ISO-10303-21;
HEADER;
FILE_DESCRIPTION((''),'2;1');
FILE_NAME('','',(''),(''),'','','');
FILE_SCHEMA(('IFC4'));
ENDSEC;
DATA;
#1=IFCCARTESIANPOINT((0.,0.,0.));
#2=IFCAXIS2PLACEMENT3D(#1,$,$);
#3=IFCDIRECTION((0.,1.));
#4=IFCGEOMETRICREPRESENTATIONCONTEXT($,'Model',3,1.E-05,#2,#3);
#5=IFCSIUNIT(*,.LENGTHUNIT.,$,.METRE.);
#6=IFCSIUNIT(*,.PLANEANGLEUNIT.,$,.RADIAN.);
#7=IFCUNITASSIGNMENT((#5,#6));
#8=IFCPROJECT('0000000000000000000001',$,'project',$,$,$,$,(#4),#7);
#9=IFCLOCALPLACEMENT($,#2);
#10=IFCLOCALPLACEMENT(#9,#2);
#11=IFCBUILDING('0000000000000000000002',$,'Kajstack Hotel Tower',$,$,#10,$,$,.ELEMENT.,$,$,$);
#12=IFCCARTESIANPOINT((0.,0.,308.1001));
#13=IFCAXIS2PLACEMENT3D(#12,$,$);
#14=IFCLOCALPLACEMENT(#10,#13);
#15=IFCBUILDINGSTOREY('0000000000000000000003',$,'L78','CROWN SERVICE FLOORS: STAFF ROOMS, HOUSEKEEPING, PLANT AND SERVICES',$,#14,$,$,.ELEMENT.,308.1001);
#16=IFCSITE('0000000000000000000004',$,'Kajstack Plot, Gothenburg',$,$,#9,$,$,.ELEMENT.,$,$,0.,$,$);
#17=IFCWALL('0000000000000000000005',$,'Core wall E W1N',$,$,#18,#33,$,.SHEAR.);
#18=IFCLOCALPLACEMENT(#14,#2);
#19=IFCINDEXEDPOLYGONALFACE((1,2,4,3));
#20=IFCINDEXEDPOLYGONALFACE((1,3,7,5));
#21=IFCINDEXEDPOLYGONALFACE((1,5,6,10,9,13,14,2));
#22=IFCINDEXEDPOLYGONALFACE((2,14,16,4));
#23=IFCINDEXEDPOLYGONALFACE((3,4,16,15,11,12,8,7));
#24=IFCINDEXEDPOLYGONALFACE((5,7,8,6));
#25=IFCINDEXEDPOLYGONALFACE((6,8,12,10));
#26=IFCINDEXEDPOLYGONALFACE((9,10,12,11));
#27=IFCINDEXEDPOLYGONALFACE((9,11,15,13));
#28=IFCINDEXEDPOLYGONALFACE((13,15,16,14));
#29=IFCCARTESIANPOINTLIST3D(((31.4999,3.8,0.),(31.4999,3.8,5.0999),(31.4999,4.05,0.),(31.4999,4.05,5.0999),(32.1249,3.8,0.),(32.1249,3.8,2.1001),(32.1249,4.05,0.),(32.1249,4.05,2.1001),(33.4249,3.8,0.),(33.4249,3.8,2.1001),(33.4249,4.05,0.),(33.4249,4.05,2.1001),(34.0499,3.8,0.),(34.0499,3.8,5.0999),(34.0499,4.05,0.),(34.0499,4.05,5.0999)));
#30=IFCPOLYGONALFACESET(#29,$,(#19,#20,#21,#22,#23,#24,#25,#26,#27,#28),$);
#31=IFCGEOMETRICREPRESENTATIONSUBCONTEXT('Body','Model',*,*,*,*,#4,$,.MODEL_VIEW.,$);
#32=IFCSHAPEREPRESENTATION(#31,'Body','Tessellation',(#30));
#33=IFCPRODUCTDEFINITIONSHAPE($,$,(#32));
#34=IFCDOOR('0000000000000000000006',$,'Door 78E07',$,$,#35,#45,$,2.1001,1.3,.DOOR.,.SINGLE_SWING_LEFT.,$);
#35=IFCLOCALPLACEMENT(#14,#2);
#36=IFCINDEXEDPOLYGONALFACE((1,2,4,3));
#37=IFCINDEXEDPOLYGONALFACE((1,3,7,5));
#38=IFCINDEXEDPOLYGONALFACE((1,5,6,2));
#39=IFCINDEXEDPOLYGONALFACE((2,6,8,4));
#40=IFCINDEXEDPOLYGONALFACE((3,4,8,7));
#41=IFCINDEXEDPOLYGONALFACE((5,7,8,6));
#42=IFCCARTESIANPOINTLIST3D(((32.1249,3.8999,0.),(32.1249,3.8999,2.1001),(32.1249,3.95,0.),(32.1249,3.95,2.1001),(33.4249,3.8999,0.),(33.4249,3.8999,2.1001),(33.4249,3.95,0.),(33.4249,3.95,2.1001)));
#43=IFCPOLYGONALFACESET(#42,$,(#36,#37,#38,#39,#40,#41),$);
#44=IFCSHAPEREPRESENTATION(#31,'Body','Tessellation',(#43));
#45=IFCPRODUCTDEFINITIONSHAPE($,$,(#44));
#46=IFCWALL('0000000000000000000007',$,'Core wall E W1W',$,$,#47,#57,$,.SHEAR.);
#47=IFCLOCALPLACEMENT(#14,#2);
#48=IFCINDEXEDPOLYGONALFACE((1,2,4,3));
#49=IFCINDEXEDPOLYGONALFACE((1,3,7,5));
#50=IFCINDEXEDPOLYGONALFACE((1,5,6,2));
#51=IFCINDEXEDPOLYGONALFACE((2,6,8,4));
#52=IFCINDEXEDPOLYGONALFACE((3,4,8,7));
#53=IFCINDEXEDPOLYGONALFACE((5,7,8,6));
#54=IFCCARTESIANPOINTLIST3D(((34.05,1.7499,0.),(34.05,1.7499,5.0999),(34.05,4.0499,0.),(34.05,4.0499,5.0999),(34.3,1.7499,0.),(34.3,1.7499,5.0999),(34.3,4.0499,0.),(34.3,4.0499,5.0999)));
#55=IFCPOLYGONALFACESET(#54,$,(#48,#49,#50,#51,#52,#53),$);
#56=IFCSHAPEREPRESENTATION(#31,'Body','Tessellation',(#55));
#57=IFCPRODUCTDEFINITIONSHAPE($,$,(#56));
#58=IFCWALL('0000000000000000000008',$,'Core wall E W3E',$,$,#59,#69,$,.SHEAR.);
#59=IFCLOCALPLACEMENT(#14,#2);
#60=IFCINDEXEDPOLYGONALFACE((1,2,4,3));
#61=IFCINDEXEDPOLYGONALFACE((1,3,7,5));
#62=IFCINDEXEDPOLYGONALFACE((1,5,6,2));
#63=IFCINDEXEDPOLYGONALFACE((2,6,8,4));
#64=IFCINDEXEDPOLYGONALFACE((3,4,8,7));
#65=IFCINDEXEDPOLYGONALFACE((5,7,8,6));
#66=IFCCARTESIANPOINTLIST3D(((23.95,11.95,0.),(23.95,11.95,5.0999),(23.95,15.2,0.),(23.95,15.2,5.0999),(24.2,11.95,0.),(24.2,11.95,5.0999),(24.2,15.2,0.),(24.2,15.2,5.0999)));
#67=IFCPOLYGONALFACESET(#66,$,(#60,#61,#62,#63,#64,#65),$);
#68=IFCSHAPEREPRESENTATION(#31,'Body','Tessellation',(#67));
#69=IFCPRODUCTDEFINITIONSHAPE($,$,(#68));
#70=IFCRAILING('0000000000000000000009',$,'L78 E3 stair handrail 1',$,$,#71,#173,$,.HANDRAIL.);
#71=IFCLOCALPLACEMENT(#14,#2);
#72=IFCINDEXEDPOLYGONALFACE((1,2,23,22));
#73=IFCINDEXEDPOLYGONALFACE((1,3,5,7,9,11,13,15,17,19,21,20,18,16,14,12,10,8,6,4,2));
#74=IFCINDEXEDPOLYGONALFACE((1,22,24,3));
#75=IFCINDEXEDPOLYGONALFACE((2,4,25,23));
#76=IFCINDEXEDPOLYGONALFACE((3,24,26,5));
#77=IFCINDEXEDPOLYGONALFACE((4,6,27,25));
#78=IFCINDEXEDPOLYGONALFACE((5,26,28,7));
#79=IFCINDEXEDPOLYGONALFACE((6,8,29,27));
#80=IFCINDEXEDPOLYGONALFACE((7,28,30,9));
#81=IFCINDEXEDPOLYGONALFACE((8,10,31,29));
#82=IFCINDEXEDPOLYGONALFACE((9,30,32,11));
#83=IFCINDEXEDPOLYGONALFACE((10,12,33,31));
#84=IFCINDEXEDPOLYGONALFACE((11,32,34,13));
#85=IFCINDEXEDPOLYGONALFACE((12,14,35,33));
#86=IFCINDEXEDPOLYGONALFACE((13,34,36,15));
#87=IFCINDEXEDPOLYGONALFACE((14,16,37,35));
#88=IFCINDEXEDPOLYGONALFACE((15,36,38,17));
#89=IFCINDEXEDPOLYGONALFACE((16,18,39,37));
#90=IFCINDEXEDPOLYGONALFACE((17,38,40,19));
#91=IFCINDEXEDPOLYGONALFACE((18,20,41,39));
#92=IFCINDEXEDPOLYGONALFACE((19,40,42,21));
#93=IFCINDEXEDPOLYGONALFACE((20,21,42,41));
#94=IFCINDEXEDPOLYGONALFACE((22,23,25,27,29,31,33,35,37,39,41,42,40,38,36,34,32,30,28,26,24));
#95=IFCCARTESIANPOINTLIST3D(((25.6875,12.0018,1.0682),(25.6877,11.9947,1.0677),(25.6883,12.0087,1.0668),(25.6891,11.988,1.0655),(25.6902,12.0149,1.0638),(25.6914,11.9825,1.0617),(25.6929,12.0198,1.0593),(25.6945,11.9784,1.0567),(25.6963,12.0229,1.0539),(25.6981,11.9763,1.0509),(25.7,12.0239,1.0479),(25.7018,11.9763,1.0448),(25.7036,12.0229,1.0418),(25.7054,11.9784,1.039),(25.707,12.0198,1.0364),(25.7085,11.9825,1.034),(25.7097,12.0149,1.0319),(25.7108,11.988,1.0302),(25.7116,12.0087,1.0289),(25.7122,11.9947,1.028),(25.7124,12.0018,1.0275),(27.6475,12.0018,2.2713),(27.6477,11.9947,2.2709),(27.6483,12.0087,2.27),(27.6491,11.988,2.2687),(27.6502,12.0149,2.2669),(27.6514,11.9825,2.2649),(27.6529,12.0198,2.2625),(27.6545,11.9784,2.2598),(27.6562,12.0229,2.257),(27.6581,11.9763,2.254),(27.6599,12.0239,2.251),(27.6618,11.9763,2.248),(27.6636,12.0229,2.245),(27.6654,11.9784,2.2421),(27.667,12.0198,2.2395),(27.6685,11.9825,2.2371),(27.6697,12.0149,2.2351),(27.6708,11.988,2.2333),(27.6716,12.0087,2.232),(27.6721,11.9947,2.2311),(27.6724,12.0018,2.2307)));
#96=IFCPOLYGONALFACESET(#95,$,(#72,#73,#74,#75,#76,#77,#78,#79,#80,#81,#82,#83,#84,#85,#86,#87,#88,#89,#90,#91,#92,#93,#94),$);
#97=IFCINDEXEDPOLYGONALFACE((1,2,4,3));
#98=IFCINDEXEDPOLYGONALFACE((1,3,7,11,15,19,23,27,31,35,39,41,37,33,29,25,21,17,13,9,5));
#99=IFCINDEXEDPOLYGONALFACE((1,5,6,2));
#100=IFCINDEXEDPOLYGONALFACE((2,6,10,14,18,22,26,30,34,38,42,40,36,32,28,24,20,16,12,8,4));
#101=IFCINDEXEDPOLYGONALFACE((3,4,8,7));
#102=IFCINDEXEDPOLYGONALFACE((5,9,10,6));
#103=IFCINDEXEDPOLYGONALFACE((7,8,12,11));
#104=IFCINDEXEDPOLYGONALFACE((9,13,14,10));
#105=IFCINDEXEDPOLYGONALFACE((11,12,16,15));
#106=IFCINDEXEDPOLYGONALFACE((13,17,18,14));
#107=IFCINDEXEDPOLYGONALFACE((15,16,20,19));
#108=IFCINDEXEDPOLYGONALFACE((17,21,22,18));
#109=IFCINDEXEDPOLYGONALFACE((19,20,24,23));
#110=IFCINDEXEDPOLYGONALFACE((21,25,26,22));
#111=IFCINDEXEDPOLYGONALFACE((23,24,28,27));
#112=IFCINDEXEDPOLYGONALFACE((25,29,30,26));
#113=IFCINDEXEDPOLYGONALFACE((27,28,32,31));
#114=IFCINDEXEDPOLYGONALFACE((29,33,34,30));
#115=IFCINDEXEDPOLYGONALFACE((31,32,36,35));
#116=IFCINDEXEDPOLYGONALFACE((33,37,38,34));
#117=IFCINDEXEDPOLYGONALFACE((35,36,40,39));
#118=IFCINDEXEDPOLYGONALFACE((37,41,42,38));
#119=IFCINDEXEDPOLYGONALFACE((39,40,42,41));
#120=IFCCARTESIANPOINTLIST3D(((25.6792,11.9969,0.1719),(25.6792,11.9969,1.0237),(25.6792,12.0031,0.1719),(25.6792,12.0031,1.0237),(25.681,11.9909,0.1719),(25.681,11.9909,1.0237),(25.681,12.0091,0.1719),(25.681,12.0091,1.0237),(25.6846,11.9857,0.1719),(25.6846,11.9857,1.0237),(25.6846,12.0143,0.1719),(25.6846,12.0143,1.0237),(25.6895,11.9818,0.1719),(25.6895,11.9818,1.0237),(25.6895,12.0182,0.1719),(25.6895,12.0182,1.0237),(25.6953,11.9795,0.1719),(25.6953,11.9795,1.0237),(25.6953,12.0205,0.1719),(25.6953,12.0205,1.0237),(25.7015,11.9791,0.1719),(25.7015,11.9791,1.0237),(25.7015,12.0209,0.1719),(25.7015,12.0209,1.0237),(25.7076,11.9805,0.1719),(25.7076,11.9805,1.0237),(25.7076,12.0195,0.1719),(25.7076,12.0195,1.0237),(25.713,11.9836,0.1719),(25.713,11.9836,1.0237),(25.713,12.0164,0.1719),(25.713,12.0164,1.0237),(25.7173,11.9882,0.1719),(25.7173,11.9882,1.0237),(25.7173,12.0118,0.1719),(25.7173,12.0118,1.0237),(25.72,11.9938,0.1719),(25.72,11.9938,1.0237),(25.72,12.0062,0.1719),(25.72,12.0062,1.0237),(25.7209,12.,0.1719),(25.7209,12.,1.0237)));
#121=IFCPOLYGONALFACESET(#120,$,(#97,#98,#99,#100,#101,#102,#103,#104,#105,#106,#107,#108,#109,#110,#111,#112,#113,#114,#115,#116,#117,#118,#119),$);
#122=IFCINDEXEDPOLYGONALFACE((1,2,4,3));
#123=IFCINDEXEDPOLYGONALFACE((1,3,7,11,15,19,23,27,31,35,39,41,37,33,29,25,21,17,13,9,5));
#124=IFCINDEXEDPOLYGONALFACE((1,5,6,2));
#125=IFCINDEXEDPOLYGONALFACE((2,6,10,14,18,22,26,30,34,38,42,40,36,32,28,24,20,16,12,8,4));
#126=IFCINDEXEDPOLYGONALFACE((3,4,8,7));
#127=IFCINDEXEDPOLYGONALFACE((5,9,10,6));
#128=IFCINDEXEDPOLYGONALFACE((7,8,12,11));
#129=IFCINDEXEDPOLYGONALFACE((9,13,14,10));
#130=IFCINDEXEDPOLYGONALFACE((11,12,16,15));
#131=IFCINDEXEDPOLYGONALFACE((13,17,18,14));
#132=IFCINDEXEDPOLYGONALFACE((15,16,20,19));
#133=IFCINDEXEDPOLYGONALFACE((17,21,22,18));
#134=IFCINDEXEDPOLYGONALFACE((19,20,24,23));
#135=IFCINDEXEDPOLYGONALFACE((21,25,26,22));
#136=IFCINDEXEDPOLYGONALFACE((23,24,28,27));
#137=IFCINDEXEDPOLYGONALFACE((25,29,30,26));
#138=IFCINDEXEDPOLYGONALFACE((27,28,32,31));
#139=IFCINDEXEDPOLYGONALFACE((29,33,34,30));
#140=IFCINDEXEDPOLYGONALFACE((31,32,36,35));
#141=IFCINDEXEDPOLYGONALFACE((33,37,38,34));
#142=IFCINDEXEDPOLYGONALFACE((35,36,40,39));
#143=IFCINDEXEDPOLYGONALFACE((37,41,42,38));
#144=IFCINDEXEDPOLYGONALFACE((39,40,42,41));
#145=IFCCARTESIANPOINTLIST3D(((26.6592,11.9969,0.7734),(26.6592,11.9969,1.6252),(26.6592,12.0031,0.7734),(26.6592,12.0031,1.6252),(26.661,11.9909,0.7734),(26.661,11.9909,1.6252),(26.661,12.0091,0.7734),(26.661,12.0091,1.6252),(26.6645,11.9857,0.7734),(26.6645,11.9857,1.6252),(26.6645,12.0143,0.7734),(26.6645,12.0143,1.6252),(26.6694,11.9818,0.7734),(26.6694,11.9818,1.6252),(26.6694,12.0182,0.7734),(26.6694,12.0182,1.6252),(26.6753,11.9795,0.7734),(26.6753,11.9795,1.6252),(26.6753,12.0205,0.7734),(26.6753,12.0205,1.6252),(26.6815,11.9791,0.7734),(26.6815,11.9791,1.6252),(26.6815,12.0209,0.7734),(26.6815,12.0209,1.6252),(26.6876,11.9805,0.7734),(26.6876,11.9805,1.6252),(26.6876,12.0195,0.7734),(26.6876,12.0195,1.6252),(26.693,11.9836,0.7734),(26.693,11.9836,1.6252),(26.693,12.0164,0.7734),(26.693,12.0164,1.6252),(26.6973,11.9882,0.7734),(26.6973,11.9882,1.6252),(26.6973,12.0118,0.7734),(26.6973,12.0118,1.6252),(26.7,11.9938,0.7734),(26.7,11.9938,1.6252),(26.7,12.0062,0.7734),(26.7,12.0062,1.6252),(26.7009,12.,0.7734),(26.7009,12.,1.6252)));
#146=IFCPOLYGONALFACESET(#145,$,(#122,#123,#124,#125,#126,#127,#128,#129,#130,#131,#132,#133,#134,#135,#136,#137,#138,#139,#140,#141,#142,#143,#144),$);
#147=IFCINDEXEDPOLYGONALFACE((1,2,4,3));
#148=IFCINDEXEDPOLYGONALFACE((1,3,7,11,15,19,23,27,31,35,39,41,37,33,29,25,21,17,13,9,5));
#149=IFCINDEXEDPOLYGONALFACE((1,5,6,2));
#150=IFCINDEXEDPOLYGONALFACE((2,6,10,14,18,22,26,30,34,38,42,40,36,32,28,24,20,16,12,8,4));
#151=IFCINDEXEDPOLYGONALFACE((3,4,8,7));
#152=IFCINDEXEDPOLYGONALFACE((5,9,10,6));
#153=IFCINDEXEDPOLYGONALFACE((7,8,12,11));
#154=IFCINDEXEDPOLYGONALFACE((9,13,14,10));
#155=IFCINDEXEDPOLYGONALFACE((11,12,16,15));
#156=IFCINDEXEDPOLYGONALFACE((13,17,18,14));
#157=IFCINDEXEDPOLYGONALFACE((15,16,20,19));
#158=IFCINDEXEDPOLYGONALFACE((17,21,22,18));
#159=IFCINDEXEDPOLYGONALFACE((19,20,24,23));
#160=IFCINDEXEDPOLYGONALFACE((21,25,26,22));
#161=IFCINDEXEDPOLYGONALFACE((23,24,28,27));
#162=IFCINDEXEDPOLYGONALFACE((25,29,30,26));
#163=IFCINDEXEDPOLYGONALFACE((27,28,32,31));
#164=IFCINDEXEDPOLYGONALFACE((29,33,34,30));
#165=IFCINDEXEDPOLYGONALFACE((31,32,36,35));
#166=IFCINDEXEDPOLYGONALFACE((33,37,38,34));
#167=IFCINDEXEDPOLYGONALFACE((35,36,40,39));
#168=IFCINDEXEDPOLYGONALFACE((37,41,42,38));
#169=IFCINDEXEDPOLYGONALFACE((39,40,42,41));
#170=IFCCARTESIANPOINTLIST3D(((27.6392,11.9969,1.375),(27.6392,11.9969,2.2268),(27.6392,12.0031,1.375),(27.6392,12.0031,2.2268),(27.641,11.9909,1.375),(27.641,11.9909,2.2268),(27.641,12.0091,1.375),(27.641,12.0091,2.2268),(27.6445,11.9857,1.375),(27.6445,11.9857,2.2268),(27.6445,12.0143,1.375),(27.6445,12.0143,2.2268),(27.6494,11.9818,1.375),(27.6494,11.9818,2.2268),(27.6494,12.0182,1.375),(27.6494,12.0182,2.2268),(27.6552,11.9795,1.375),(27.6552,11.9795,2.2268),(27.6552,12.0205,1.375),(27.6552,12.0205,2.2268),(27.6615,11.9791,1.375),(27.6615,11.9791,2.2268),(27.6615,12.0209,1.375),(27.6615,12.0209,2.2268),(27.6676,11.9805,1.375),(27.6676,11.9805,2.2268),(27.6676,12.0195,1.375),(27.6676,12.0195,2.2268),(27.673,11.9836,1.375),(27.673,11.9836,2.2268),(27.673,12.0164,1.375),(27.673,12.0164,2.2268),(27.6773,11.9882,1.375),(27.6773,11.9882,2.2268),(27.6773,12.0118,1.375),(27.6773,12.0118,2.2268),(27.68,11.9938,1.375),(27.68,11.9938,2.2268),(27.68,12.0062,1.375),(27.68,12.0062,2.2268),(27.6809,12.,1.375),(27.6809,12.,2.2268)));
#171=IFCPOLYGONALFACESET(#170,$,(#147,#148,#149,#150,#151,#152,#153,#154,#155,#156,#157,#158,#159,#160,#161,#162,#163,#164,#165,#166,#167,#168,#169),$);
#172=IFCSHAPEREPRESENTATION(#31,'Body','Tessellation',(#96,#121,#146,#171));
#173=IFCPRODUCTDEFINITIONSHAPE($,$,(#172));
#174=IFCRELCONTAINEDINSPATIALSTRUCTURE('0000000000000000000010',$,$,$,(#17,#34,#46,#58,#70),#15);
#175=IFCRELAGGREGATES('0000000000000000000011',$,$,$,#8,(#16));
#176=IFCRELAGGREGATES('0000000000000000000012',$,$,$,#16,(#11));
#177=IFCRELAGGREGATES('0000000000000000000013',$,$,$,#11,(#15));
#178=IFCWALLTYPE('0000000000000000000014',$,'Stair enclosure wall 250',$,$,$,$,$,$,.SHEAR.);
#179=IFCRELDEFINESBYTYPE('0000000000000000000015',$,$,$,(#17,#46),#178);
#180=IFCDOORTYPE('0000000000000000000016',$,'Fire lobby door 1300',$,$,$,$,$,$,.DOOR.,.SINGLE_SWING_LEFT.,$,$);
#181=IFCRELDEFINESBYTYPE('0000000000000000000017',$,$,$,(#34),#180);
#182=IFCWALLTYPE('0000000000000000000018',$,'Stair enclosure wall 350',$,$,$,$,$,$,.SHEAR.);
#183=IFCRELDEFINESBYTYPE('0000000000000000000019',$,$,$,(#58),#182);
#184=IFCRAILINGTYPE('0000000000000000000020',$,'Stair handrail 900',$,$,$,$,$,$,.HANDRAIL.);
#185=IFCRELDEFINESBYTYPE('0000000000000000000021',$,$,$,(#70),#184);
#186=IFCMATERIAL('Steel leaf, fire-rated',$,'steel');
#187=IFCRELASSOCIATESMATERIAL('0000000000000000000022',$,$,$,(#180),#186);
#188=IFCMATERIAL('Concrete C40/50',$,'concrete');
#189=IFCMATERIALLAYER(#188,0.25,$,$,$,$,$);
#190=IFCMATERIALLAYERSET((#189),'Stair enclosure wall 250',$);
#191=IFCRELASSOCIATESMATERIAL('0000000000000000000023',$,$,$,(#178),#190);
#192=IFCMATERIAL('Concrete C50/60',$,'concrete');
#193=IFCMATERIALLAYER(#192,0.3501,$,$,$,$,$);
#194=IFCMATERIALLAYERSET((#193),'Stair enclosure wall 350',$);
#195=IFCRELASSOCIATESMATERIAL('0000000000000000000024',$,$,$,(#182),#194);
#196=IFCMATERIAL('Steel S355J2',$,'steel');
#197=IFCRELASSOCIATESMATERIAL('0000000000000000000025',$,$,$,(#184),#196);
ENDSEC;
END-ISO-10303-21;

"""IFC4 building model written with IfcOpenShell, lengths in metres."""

from ifc_helpers import new_model, si_unit, direction, frame, frame_2d, origin, origin_2d, place, context, subcontext, project, spatial, rectangle, circle, extrude, material, layer, layer_set, type_object, element, fill, save


model = new_model("IFC4")

# Units and contexts
model_context = context("Model", 3, precision=1e-05, world=origin(), true_north=direction((0.0, 1.0)))
body_context = subcontext(model_context, "Body", "Model", "MODEL_VIEW")
ifc_project = project(units=[si_unit("LENGTHUNIT", "METRE"), si_unit("PLANEANGLEUNIT", "RADIAN")], contexts=[model_context])

# Site, building, storey
site_placement = place(None, origin())
site = spatial("IfcSite", under=ifc_project, at=site_placement, Name="Kajstack Plot, Gothenburg", CompositionType="ELEMENT", RefElevation=0.0)
building_placement = place(site_placement, origin())
building = spatial("IfcBuilding", under=site, at=building_placement, Name="Kajstack Hotel Tower", CompositionType="ELEMENT")
storey_placement = place(building_placement, frame((0.0, 0.0, 308.1001)))
storey = spatial("IfcBuildingStorey", under=building, at=storey_placement, Name="L78", Description="CROWN SERVICE FLOORS: STAFF ROOMS, HOUSEKEEPING, PLANT AND SERVICES", CompositionType="ELEMENT", Elevation=308.1001)

# Shared definitions
ifc_material_1 = material(Name="Concrete C50/60", Category="concrete")

# Shared definitions
ifc_material_2 = material(Name="Steel leaf, fire-rated", Category="steel")
door_type_1 = type_object("IfcDoorType", Name="Fire lobby door 1300", OperationType="SINGLE_SWING_LEFT", PredefinedType="DOOR", material=ifc_material_2)

# Wall, opening, door
ifc_material_3 = material(Name="Concrete C40/50", Category="concrete")
ifc_layer_1 = layer(ifc_material_3, 0.25)
ifc_layer_set_1 = layer_set([ifc_layer_1], Name="Stair enclosure wall 250")
wall_type_1 = type_object("IfcWallType", Name="Stair enclosure wall 250", PredefinedType="SHEAR", material=ifc_layer_set_1)
wall_1_placement = place(storey_placement, frame((31.5, 3.925, 0.0), z_axis=(0.0, 0.0, 1.0), x_axis=(1.0, 0.0, 0.0)))
wall_1 = element("IfcWall", 1, at=wall_1_placement, inside=storey, type_object=wall_type_1, Name="Core wall E W1N", PredefinedType="SHEAR", context=body_context, shape_type="SweptSolid", body=[
    extrude(rectangle(XDim=2.55, YDim=0.25, at=frame_2d((1.2749, 0.0))), origin(), (0.0, 0.0, 1.0), 5.0999),
])
opening_1_placement = place(wall_1_placement, frame((0.625, 0.0, 0.0)))
opening_1 = element("IfcOpeningElement", 2, at=opening_1_placement, cuts=wall_1, PredefinedType="OPENING", context=body_context, shape_type="SweptSolid", body=[
    extrude(rectangle(XDim=1.3, YDim=2.1001, at=frame_2d((0.6499, 1.05))), frame((0.0, 0.135, 0.0), z_axis=(0.0, -1.0, 0.0), x_axis=(1.0, 0.0, 0.0)), (0.0, 0.0, 1.0), 0.27),
])
door_1_placement = place(opening_1_placement, origin())
door_1 = element("IfcDoor", 3, at=door_1_placement, inside=storey, type_object=door_type_1, Name="Door 78E07", OperationType="SINGLE_SWING_LEFT", OverallHeight=2.1001, OverallWidth=1.3, PredefinedType="DOOR", context=body_context, shape_type="SweptSolid", body=[
    extrude(rectangle(XDim=1.3, YDim=2.1001, at=frame_2d((0.6499, 1.05))), frame((0.0, 0.0249, 0.0), z_axis=(0.0, -1.0, 0.0), x_axis=(1.0, 0.0, 0.0)), (0.0, 0.0, 1.0), 0.05),
])
fill(opening_1, door_1)

# Walls
wall_2_placement = place(storey_placement, frame((34.175, 1.75, 0.0), z_axis=(0.0, 0.0, 1.0), x_axis=(0.0, 1.0, 0.0)))
element("IfcWall", 4, at=wall_2_placement, inside=storey, type_object=wall_type_1, Name="Core wall E W1W", PredefinedType="SHEAR", context=body_context, shape_type="SweptSolid", body=[
    extrude(rectangle(XDim=2.3, YDim=0.25, at=frame_2d((1.1499, 0.0))), origin(), (0.0, 0.0, 1.0), 5.0999),
])
ifc_layer_2 = layer(ifc_material_1, 0.3501)
ifc_layer_set_2 = layer_set([ifc_layer_2], Name="Stair enclosure wall 350")
wall_type_2 = type_object("IfcWallType", Name="Stair enclosure wall 350", PredefinedType="SHEAR", material=ifc_layer_set_2)
wall_3_placement = place(storey_placement, frame((24.075, 11.95, 0.0), z_axis=(0.0, 0.0, 1.0), x_axis=(0.0, 1.0, 0.0)))
element("IfcWall", 5, at=wall_3_placement, inside=storey, type_object=wall_type_2, Name="Core wall E W3E", PredefinedType="SHEAR", context=body_context, shape_type="SweptSolid", body=[
    extrude(rectangle(XDim=3.25, YDim=0.25, at=frame_2d((1.625, 0.0))), origin(), (0.0, 0.0, 1.0), 5.0999),
])

# Railing
ifc_material_4 = material(Name="Steel S355J2", Category="steel")
railing_type = type_object("IfcRailingType", Name="Stair handrail 900", PredefinedType="HANDRAIL", material=ifc_material_4)
for number, where, name in (
    (6, (25.7, 12.0, 0.1719), "L78 E3 stair handrail 1"),
):
    element("IfcRailing", number, at=place(storey_placement, frame(where)), inside=storey, type_object=railing_type, Name=name, PredefinedType="HANDRAIL", context=body_context, shape_type="SweptSolid", body=[
        extrude(circle(Radius=0.0239, at=origin_2d()), frame((0.0, 0.0, 0.876), z_axis=(0.852241, 0.0, 0.523149), x_axis=(0.0, 1.0, 0.0)), (0.0, 0.0, 1.0), 2.2998),
        extrude(circle(Radius=0.021, at=origin_2d()), origin(), (0.0, 0.0, 1.0), 0.8518),
        extrude(circle(Radius=0.021, at=origin_2d()), frame((0.98, 0.0, 0.6016)), (0.0, 0.0, 1.0), 0.8518),
        extrude(circle(Radius=0.021, at=origin_2d()), frame((1.96, 0.0, 1.2031)), (0.0, 0.0, 1.0), 0.8518),
    ])

save(model, "model.ifc")
